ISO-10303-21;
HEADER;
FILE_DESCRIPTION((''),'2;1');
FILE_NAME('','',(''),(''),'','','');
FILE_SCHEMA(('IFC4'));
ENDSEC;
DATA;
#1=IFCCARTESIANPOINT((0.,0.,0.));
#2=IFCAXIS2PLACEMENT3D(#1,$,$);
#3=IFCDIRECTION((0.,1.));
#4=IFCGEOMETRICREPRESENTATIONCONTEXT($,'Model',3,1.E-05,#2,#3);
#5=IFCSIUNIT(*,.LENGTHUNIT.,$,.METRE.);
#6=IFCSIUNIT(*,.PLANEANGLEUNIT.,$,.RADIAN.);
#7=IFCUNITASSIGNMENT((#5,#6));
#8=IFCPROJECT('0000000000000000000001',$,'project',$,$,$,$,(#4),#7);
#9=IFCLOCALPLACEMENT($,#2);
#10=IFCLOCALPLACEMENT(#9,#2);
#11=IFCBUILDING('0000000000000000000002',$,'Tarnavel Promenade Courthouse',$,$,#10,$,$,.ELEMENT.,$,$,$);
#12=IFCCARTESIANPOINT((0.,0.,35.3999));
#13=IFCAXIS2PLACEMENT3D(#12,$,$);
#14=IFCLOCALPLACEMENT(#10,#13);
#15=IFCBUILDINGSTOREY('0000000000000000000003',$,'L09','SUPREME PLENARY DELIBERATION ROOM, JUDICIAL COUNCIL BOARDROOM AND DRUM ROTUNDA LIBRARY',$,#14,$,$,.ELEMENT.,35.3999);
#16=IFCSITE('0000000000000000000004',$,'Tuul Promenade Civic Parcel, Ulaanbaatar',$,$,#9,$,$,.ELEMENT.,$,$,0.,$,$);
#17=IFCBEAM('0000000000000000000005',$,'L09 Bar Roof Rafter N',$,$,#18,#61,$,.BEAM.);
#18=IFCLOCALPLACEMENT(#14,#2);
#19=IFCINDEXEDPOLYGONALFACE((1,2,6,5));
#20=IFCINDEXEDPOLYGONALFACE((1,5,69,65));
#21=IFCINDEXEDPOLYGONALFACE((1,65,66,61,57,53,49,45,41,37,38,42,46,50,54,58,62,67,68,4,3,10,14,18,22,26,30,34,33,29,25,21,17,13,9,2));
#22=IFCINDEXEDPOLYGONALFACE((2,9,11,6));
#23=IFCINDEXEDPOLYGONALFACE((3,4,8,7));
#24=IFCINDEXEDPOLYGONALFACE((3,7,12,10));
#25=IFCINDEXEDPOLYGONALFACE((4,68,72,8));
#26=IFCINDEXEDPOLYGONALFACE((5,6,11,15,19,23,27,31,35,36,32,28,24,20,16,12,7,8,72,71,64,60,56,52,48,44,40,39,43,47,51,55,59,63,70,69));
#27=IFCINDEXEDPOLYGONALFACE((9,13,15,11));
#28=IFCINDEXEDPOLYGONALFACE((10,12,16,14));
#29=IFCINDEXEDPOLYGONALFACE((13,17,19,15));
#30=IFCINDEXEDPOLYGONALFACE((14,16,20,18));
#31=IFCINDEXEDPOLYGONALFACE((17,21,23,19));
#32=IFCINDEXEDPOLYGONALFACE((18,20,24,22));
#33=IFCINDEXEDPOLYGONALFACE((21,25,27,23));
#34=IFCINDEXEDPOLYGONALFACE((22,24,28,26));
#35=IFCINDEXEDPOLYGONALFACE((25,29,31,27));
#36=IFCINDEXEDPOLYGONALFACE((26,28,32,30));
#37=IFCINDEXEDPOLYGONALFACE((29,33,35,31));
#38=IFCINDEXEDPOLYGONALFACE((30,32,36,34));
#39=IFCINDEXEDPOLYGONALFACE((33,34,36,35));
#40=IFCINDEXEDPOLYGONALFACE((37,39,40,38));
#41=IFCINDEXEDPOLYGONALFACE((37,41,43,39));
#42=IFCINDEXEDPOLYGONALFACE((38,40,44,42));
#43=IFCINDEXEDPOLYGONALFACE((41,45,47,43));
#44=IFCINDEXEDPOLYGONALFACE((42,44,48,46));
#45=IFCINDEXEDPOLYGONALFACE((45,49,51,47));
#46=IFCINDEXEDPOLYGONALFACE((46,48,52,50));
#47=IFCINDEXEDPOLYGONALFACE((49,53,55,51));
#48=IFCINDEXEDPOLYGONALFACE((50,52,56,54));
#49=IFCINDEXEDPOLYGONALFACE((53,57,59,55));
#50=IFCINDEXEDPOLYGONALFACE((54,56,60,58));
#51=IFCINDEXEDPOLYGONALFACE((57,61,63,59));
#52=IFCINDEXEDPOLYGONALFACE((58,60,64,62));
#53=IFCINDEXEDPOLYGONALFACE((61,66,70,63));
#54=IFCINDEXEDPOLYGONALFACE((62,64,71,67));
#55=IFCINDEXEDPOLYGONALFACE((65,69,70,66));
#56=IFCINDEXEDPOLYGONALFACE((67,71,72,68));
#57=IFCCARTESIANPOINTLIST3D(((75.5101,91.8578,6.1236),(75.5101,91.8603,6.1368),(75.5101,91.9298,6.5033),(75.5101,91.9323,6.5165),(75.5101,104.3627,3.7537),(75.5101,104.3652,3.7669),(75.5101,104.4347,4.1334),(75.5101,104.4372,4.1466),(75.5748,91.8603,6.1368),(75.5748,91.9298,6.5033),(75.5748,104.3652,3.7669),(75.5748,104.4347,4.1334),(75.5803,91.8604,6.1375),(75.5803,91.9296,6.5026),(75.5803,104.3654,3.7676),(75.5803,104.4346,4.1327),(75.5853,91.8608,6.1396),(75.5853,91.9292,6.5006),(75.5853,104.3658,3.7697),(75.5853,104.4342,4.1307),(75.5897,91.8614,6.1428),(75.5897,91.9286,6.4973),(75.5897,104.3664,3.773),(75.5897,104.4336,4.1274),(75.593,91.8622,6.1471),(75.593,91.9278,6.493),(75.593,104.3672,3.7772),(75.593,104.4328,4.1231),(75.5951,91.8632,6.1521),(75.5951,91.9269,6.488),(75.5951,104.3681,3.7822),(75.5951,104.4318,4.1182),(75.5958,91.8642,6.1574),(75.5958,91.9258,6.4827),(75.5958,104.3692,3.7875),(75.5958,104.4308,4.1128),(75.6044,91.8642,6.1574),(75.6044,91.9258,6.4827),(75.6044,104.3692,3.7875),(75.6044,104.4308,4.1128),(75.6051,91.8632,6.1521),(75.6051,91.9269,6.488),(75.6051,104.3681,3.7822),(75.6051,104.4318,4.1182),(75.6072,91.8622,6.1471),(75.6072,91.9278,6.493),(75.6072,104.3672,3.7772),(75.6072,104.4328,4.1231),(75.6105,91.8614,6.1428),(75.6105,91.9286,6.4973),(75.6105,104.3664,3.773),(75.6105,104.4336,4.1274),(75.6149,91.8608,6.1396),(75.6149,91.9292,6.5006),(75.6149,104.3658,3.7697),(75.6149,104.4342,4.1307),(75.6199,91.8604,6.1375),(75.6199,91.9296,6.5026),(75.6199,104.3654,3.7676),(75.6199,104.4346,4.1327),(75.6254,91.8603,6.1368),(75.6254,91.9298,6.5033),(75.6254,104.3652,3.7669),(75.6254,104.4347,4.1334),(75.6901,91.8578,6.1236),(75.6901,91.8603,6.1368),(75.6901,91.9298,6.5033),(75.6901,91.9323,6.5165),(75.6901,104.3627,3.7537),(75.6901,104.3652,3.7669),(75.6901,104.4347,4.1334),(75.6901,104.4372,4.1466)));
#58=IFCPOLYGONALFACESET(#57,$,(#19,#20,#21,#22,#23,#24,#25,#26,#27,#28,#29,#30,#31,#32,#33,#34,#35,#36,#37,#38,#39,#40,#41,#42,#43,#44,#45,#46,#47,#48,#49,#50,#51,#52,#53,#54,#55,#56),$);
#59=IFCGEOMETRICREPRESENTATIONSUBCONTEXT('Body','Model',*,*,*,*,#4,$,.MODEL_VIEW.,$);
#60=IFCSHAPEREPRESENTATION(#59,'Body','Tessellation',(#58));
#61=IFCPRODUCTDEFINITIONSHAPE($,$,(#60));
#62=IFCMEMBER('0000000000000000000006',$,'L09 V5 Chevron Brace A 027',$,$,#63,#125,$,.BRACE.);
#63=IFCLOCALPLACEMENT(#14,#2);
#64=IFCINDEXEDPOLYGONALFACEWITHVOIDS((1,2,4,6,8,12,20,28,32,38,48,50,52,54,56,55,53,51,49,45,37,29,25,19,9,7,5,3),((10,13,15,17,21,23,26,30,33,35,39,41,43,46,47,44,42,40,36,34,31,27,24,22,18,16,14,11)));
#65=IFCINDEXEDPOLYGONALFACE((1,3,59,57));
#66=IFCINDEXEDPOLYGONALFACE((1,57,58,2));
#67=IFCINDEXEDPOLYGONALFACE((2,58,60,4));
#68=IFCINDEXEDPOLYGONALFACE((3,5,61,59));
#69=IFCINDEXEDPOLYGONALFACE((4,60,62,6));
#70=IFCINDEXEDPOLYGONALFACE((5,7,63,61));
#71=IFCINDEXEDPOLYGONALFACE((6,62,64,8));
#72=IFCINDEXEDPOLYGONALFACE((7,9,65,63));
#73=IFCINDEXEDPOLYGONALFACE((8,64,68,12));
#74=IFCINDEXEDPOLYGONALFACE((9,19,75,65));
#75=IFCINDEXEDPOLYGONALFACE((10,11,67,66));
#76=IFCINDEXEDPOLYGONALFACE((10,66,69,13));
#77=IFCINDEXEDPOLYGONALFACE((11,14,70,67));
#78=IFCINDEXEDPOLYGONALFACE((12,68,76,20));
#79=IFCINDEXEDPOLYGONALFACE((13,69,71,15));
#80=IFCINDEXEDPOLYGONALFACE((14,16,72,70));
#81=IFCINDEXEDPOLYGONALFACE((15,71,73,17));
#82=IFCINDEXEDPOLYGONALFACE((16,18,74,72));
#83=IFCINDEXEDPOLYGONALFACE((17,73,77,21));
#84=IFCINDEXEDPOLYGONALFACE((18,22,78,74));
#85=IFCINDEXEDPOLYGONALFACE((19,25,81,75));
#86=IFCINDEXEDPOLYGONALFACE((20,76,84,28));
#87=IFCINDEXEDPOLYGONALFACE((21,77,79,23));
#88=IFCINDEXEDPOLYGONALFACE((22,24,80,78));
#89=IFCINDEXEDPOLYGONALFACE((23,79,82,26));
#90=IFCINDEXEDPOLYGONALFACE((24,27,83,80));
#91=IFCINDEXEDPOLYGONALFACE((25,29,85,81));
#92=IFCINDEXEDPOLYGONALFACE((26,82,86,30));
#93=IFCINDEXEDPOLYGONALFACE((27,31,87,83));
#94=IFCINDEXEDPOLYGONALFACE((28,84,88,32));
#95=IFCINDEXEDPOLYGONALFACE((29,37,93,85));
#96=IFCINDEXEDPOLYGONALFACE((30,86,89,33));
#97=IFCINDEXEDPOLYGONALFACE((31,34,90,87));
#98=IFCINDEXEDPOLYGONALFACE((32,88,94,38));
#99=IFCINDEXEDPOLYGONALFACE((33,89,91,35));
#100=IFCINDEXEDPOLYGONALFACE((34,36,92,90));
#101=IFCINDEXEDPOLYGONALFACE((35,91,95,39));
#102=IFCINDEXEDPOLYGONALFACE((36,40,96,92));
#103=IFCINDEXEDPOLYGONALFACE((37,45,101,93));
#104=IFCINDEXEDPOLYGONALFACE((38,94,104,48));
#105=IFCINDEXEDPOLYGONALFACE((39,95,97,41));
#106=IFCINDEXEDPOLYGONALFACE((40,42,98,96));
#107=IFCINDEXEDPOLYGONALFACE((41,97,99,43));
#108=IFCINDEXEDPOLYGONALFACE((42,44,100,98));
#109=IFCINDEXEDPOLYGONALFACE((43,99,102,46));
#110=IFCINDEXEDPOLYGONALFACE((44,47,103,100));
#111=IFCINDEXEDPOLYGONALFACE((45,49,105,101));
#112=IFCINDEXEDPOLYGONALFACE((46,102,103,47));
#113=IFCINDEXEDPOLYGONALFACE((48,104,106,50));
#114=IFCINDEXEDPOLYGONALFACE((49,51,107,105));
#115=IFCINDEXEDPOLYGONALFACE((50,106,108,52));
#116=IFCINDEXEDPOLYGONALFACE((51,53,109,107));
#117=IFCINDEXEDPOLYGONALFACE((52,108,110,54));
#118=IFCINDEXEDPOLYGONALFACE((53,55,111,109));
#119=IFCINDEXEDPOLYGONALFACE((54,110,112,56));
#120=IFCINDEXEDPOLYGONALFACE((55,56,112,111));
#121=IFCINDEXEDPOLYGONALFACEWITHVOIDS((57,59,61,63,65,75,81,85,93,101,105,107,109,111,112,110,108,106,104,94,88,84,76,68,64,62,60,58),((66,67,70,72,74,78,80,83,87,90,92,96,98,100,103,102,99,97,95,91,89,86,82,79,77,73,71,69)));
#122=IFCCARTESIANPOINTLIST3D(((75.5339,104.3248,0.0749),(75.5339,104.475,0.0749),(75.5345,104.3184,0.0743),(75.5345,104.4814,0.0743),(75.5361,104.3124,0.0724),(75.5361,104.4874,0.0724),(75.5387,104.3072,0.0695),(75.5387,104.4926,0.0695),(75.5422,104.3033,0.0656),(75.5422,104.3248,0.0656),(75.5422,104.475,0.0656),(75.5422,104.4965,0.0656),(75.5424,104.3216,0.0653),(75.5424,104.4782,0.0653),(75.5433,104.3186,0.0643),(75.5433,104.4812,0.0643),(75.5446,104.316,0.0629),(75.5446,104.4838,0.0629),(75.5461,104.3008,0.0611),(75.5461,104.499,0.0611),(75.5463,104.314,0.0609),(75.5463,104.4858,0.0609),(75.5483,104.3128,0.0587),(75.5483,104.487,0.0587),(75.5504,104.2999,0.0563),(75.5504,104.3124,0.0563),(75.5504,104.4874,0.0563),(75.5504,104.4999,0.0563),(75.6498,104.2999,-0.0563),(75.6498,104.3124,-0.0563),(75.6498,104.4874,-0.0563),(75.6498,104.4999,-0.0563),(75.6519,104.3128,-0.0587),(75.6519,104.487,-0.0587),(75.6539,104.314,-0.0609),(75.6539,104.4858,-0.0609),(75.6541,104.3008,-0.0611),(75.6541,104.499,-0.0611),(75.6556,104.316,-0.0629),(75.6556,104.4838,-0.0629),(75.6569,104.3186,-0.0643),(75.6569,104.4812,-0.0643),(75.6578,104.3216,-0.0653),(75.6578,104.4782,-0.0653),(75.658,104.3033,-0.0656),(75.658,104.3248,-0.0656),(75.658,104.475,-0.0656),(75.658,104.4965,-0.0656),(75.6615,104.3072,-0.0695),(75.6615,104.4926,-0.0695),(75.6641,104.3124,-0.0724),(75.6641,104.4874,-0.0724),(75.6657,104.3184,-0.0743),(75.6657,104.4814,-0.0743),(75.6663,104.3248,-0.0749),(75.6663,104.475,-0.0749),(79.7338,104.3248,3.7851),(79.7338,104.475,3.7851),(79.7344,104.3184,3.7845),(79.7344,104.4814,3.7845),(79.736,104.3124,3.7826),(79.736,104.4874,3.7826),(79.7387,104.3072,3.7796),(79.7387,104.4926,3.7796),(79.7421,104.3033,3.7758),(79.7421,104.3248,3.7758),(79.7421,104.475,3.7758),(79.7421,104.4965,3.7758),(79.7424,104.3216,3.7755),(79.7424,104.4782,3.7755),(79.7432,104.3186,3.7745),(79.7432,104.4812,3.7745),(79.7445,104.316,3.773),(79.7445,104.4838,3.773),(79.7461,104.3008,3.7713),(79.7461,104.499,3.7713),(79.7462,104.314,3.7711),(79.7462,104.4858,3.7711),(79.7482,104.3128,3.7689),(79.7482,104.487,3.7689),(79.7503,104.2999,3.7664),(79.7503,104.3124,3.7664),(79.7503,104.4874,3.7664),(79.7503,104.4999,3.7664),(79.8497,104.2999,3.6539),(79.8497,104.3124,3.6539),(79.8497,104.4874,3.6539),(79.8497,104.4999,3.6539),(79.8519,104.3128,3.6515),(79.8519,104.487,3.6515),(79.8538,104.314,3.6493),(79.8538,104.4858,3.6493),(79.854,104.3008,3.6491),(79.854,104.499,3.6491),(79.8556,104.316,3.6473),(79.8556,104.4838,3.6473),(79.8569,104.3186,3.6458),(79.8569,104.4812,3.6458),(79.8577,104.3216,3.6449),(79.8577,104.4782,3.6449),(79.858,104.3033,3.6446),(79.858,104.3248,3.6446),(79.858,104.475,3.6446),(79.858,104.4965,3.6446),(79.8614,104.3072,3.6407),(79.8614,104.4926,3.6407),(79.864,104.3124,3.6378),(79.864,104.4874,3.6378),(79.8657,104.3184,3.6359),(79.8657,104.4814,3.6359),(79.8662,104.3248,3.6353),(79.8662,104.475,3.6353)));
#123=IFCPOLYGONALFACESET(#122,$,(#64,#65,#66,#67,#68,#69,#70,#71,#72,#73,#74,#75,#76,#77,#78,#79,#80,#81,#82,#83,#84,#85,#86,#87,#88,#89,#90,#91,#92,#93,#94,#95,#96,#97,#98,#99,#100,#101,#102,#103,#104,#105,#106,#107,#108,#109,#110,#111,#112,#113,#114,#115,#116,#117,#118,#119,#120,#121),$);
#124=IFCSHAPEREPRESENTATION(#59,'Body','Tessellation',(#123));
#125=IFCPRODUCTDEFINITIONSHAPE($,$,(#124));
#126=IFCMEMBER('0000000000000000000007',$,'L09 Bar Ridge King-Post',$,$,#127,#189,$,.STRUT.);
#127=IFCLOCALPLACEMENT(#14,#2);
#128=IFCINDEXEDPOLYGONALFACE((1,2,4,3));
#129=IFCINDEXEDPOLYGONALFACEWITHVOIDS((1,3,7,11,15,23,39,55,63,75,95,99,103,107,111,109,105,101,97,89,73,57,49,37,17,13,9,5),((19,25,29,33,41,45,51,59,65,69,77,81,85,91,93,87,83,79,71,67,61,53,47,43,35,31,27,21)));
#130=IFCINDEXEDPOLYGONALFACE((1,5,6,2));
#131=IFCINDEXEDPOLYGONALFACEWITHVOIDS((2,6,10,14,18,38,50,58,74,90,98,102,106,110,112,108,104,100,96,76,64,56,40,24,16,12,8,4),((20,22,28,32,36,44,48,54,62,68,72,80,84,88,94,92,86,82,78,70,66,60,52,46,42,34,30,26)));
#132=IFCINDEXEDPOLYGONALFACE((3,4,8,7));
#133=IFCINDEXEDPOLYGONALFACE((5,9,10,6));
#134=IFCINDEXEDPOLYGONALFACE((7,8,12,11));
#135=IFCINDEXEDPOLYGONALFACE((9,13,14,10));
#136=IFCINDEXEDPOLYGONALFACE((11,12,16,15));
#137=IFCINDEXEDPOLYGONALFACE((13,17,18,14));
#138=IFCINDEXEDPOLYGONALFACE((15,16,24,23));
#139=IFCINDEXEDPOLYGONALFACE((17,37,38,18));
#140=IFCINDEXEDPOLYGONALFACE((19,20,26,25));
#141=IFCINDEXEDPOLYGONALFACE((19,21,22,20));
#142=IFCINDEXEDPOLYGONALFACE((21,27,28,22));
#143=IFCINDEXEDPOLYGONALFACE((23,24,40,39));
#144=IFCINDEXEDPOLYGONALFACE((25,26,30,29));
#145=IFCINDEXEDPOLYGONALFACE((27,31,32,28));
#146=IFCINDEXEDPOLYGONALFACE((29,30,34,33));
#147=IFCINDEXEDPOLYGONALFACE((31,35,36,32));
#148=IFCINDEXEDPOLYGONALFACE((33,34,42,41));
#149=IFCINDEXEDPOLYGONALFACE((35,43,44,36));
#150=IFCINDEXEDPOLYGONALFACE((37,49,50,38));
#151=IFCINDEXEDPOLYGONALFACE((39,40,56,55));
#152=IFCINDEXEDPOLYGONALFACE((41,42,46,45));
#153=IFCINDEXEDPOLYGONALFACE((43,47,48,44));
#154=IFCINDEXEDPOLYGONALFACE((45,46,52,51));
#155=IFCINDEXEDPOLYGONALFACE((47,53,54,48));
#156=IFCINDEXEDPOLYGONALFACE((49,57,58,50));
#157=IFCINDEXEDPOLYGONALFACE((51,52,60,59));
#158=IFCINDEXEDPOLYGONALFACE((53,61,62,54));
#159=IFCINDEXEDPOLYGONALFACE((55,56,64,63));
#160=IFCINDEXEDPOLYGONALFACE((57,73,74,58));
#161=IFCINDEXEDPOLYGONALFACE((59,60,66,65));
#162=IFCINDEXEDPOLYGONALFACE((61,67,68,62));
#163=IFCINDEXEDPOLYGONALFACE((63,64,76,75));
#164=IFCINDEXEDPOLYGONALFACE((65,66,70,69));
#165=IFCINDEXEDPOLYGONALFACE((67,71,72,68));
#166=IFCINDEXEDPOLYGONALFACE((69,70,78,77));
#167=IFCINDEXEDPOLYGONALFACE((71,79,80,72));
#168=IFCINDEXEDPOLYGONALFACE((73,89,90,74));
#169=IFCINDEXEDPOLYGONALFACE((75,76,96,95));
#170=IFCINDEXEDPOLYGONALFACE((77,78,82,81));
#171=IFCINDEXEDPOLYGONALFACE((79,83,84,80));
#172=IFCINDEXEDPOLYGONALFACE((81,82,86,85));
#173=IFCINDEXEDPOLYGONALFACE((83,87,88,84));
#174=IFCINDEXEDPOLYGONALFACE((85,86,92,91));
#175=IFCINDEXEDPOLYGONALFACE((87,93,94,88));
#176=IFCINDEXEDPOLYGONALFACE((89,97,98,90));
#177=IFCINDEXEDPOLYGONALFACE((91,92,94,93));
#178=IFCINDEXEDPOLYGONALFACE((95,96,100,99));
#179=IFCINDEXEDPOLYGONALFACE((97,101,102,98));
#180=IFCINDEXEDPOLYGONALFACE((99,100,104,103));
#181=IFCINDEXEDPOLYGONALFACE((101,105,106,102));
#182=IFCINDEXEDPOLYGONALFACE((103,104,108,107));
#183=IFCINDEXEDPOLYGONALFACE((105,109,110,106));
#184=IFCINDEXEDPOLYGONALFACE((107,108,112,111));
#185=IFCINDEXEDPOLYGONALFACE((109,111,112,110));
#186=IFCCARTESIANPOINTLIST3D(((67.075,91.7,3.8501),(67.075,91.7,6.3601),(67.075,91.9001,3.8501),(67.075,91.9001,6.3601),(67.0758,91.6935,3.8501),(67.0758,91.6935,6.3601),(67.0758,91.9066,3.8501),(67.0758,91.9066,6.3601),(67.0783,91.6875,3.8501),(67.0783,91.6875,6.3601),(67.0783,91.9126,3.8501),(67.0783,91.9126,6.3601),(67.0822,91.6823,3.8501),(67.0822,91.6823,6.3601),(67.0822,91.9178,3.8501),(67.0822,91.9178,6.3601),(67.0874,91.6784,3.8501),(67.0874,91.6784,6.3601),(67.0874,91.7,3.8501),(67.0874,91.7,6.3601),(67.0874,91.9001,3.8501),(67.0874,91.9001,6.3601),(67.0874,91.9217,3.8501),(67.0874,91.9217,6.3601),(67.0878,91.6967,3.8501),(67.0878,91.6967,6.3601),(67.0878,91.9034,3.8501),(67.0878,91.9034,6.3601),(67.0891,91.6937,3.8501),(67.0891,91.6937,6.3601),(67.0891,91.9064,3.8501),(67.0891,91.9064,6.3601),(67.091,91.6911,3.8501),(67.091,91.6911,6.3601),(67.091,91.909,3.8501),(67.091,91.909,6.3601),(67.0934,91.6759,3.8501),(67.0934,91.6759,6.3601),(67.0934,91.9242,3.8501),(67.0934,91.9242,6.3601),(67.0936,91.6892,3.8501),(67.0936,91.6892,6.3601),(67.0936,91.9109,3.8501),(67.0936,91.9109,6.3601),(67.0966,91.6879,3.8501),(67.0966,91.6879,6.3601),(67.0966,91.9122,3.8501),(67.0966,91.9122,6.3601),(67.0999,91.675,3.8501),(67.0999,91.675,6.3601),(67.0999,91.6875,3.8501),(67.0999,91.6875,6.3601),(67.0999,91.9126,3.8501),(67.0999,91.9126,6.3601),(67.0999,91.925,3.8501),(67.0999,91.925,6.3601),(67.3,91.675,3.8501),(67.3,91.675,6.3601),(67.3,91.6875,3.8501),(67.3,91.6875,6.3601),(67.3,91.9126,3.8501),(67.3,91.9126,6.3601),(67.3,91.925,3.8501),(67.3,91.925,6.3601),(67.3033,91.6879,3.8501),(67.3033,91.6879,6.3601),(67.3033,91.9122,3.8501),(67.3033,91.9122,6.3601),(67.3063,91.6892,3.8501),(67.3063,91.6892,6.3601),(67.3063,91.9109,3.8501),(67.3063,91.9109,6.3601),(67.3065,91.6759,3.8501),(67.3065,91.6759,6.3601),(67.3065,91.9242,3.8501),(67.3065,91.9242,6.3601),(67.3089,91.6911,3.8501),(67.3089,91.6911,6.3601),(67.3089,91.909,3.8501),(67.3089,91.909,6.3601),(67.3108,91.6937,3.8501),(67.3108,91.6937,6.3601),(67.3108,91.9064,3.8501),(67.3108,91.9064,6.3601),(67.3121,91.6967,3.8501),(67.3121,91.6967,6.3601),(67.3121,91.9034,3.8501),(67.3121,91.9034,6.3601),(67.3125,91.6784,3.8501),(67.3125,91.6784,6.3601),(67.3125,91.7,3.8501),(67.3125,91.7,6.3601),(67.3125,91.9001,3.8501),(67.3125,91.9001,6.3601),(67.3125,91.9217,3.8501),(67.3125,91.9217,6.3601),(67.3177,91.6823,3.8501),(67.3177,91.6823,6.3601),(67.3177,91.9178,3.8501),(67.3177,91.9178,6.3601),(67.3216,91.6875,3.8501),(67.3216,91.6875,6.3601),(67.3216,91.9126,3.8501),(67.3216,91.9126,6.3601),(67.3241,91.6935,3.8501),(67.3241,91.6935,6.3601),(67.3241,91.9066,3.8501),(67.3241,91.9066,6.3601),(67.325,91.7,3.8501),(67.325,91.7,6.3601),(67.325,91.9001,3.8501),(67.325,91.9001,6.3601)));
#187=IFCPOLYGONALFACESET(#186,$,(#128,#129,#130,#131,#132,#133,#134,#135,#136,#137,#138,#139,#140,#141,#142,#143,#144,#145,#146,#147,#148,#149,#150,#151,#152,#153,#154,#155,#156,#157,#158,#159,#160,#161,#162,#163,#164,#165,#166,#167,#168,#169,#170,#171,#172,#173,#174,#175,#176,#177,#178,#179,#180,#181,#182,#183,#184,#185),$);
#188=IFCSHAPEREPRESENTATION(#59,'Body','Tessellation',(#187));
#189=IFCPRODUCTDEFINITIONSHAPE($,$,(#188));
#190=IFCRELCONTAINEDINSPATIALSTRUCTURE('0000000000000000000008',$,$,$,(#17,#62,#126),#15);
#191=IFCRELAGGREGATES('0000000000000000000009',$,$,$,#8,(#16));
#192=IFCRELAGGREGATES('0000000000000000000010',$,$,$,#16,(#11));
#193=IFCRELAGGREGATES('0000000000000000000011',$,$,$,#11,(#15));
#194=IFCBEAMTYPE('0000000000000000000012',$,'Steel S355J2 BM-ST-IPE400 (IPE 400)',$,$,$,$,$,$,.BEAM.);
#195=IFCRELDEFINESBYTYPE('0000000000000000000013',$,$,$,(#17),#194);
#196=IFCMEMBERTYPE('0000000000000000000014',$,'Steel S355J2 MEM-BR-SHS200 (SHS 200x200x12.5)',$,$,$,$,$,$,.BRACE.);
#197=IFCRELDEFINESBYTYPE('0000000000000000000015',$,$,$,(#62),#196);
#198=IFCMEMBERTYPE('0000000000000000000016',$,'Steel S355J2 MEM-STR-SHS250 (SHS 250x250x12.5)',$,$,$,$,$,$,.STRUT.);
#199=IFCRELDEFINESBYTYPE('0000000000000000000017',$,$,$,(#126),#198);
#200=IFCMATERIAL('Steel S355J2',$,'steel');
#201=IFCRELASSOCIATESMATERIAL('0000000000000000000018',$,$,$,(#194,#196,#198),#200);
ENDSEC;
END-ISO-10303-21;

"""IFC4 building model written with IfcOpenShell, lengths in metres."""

from ifc_helpers import new_model, si_unit, direction, frame, origin, origin_2d, place, context, subcontext, project, spatial, hollow_rectangle, i_section, extrude, material, material_profile, profile_set, type_object, element, save


model = new_model("IFC4")

# Units and contexts
model_context = context("Model", 3, precision=1e-05, world=origin(), true_north=direction((0.0, 1.0)))
body_context = subcontext(model_context, "Body", "Model", "MODEL_VIEW")
ifc_project = project(units=[si_unit("LENGTHUNIT", "METRE"), si_unit("PLANEANGLEUNIT", "RADIAN")], contexts=[model_context])

# Site, building, storey
site_placement = place(None, origin())
site = spatial("IfcSite", under=ifc_project, at=site_placement, Name="Tuul Promenade Civic Parcel, Ulaanbaatar", CompositionType="ELEMENT", RefElevation=0.0)
building_placement = place(site_placement, origin())
building = spatial("IfcBuilding", under=site, at=building_placement, Name="Tarnavel Promenade Courthouse", CompositionType="ELEMENT")
storey_placement = place(building_placement, frame((0.0, 0.0, 35.3999)))
storey = spatial("IfcBuildingStorey", under=building, at=storey_placement, Name="L09", Description="SUPREME PLENARY DELIBERATION ROOM, JUDICIAL COUNCIL BOARDROOM AND DRUM ROTUNDA LIBRARY", CompositionType="ELEMENT", Elevation=35.3999)

# Beam
ifc_material_1 = material(Name="Steel S355J2", Category="steel")
ifc_material_profile_1 = material_profile(ifc_material_1, i_section(OverallWidth=0.1799, OverallDepth=0.3999, WebThickness=0.0085, FlangeThickness=0.0134, FilletRadius=0.021, at=origin_2d()), Name="IPE 400")
ifc_profile_set_1 = profile_set([ifc_material_profile_1], Name="Steel S355J2")
beam_type_1 = type_object("IfcBeamType", Name="Steel S355J2 BM-ST-IPE400 (IPE 400)", PredefinedType="BEAM", material=ifc_profile_set_1)
for number, where, z_axis, x_axis, name in (
    (1, (75.6001, 91.895, 6.3201), (0.0, 0.982512, -0.186201), (-1.0, 0.0, 0.0), "L09 Bar Roof Rafter N"),
):
    element("IfcBeam", number, at=place(storey_placement, frame(where, z_axis=z_axis, x_axis=x_axis)), inside=storey, type_object=beam_type_1, Name=name, PredefinedType="BEAM", context=body_context, shape_type="SweptSolid", body=[
        extrude(i_section(OverallWidth=0.1799, OverallDepth=0.3999, WebThickness=0.0085, FlangeThickness=0.0134, FilletRadius=0.021, at=origin_2d()), origin(), (0.0, 0.0, 1.0), 12.7275),
    ])

# Members
ifc_material_profile_2 = material_profile(ifc_material_1, hollow_rectangle(XDim=0.2, YDim=0.2, WallThickness=0.0125, InnerFilletRadius=0.0125, OuterFilletRadius=0.0249, at=origin_2d()), Name="SHS 200x200x12.5")
ifc_profile_set_2 = profile_set([ifc_material_profile_2], Name="Steel S355J2")
member_type_1 = type_object("IfcMemberType", Name="Steel S355J2 MEM-BR-SHS200 (SHS 200x200x12.5)", PredefinedType="BRACE", material=ifc_profile_set_2)
member_placement = place(storey_placement, frame((75.6001, 104.3999, 0.0), z_axis=(0.749451, 0.0, 0.66206), x_axis=(0.0, 1.0, 0.0)))
element("IfcMember", 2, at=member_placement, inside=storey, type_object=member_type_1, Name="L09 V5 Chevron Brace A 027", PredefinedType="BRACE", context=body_context, shape_type="SweptSolid", body=[
    extrude(hollow_rectangle(XDim=0.2, YDim=0.2, WallThickness=0.0125, InnerFilletRadius=0.0125, OuterFilletRadius=0.0249, at=origin_2d()), origin(), (0.0, 0.0, 1.0), 5.604),
])
ifc_material_profile_3 = material_profile(ifc_material_1, hollow_rectangle(XDim=0.25, YDim=0.25, WallThickness=0.0125, InnerFilletRadius=0.0125, OuterFilletRadius=0.0249, at=origin_2d()), Name="SHS 250x250x12.5")
ifc_profile_set_3 = profile_set([ifc_material_profile_3], Name="Steel S355J2")
member_type_2 = type_object("IfcMemberType", Name="Steel S355J2 MEM-STR-SHS250 (SHS 250x250x12.5)", PredefinedType="STRUT", material=ifc_profile_set_3)
for number, where, z_axis, x_axis, name in (
    (3, (67.2, 91.8, 3.8501), (0.0, 0.0, 1.0), (1.0, 0.0, 0.0), "L09 Bar Ridge King-Post"),
):
    element("IfcMember", number, at=place(storey_placement, frame(where, z_axis=z_axis, x_axis=x_axis)), inside=storey, type_object=member_type_2, Name=name, PredefinedType="STRUT", context=body_context, shape_type="SweptSolid", body=[
        extrude(hollow_rectangle(XDim=0.25, YDim=0.25, WallThickness=0.0125, InnerFilletRadius=0.0125, OuterFilletRadius=0.0249, at=origin_2d()), origin(), (0.0, 0.0, 1.0), 2.51),
    ])

save(model, "model.ifc")
